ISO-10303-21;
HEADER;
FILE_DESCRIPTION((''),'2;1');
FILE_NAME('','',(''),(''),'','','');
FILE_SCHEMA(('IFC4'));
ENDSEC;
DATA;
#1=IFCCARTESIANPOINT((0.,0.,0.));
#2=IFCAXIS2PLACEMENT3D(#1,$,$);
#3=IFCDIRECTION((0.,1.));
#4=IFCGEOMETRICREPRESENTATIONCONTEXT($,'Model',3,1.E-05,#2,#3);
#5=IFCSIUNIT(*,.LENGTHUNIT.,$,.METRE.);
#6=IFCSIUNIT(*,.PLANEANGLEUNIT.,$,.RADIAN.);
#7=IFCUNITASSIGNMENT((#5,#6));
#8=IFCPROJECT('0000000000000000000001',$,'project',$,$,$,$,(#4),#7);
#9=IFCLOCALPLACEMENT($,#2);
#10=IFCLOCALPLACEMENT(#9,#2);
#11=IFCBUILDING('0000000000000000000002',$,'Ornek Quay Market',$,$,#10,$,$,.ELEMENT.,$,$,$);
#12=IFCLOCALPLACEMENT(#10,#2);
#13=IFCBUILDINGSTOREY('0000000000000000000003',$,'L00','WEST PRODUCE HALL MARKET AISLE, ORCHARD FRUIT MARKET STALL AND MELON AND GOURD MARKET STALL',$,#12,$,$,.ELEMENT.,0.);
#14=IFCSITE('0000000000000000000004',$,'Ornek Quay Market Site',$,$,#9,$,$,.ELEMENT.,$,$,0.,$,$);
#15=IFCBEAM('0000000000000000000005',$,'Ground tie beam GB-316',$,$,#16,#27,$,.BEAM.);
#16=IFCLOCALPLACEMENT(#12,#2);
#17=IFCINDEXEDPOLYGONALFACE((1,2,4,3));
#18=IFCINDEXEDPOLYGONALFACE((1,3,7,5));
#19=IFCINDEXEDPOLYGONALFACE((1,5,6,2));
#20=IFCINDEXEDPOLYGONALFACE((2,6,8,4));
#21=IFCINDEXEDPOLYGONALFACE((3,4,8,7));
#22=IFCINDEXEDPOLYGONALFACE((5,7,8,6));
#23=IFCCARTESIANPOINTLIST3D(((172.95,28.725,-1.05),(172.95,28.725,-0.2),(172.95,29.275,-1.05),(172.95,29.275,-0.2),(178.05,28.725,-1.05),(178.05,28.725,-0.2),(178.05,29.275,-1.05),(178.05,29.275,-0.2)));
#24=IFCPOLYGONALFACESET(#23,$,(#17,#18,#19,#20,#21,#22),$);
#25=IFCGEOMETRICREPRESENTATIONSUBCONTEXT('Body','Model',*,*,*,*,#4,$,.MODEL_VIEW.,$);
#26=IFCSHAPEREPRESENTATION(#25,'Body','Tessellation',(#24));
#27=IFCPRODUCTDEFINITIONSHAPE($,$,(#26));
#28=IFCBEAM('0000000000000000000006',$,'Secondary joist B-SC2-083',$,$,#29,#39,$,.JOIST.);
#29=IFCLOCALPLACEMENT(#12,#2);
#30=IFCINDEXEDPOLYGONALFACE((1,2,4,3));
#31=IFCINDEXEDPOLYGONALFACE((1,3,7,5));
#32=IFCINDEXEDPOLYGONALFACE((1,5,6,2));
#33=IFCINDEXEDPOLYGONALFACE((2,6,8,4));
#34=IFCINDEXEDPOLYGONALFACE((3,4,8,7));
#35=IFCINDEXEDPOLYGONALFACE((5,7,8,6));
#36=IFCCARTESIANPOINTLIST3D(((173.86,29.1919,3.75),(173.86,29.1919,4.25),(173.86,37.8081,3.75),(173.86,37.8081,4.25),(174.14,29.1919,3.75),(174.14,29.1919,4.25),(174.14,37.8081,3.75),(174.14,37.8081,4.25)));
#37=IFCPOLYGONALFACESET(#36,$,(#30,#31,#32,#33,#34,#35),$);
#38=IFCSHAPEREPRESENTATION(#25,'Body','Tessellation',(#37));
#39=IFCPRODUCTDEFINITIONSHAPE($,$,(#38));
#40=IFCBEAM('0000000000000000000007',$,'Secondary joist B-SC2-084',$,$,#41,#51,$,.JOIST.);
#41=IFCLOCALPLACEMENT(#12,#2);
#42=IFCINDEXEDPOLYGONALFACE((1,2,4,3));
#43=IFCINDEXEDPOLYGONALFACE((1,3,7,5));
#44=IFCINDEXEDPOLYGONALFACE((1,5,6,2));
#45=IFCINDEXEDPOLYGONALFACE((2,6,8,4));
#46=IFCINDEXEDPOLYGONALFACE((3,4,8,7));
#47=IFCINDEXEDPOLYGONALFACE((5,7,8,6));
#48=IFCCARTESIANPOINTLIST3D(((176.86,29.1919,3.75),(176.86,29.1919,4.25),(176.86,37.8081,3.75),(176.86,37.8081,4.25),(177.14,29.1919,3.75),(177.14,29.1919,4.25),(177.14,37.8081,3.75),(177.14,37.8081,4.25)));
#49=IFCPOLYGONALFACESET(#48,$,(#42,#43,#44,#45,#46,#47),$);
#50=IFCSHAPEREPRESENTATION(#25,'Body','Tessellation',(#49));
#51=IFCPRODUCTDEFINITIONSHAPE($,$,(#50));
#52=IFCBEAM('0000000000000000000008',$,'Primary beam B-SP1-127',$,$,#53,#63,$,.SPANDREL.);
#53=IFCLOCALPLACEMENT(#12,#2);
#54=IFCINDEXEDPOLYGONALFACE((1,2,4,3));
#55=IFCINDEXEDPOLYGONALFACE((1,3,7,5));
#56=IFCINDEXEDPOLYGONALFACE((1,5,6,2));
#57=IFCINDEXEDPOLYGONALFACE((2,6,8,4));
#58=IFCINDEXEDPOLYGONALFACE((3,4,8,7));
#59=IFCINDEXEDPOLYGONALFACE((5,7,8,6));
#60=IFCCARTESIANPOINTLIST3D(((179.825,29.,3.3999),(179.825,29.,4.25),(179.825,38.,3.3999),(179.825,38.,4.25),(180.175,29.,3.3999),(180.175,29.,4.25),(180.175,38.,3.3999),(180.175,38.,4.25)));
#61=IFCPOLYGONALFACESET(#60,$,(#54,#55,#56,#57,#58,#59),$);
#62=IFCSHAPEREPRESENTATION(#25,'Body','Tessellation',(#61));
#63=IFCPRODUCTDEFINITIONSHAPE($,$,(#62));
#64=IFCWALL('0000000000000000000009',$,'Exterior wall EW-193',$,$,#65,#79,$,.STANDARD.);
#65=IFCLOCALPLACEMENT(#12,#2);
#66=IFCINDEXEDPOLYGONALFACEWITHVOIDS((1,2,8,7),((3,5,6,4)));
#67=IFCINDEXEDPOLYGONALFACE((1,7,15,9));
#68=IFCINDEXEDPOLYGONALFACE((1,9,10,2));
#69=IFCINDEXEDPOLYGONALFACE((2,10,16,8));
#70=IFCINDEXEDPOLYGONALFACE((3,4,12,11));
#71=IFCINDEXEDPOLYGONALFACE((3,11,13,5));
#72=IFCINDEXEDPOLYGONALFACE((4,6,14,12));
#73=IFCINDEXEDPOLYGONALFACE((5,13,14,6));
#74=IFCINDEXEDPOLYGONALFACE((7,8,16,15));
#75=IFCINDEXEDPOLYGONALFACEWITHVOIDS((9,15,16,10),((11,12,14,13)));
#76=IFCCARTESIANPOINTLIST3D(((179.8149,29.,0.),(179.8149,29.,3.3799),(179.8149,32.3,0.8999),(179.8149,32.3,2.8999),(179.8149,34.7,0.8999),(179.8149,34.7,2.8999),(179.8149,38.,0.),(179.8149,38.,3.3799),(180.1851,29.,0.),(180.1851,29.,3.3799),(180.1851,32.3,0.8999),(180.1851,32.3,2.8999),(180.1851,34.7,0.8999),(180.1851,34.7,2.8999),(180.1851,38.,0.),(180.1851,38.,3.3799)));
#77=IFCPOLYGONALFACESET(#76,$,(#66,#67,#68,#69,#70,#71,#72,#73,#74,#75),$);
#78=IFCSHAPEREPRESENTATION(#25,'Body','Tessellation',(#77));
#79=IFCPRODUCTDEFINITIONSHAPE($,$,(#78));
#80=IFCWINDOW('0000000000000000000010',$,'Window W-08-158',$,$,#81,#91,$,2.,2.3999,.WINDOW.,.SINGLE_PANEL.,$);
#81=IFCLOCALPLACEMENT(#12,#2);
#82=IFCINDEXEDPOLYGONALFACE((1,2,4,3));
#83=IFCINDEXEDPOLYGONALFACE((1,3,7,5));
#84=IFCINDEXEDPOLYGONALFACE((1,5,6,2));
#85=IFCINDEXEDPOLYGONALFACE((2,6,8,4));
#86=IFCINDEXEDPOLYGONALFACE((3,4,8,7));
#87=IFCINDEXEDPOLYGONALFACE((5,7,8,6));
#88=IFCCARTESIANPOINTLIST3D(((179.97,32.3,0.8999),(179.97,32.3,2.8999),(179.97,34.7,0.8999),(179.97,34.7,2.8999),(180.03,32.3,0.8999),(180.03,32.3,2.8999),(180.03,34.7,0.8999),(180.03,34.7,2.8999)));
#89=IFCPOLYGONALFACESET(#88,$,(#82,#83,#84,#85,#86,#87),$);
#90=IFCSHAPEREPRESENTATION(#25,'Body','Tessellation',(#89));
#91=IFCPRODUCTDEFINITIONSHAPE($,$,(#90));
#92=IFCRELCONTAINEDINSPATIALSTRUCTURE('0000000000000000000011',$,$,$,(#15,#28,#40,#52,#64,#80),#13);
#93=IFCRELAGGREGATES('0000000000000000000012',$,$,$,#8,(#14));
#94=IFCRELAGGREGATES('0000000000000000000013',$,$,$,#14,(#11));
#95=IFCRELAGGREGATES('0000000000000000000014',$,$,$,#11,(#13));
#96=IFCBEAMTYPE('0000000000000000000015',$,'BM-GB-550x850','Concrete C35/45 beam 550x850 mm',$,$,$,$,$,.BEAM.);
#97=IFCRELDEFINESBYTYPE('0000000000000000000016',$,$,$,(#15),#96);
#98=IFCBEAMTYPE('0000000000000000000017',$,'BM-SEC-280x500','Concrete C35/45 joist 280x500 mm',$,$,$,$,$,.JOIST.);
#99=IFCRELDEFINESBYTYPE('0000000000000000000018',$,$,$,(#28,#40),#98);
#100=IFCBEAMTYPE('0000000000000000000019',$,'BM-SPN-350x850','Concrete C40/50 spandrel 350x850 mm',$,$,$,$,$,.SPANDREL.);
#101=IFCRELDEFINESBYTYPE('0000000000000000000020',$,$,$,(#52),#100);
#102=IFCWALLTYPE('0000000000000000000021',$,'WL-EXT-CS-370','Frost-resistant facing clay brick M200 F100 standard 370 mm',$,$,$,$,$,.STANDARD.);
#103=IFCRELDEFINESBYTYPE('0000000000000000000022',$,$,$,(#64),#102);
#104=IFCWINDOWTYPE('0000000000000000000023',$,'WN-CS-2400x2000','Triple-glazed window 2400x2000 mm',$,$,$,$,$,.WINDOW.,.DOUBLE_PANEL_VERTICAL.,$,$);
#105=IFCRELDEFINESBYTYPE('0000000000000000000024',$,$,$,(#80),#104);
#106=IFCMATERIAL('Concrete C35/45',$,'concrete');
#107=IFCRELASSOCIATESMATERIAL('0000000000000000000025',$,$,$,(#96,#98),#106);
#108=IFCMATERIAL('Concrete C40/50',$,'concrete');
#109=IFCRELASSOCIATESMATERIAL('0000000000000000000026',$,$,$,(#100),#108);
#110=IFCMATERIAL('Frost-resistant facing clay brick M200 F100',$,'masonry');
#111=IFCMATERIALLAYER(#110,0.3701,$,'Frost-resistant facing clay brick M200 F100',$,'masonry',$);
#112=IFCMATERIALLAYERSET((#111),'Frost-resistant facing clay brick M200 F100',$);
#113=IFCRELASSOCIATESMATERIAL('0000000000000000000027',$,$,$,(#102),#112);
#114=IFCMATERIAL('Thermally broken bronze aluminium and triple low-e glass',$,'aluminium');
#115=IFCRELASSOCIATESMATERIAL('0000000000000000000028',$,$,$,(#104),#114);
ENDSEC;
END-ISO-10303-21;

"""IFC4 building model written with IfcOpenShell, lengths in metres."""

from ifc_helpers import new_model, si_unit, direction, frame, frame_2d, origin, origin_2d, place, context, subcontext, project, spatial, rectangle, extrude, material, layer, layer_set, material_profile, profile_set, type_object, element, fill, save


model = new_model("IFC4")

# Units and contexts
model_context = context("Model", 3, precision=1e-05, world=origin(), true_north=direction((0.0, 1.0)))
body_context = subcontext(model_context, "Body", "Model", "MODEL_VIEW")
ifc_project = project(units=[si_unit("LENGTHUNIT", "METRE"), si_unit("PLANEANGLEUNIT", "RADIAN")], contexts=[model_context])

# Site, building, storey
site_placement = place(None, origin())
site = spatial("IfcSite", under=ifc_project, at=site_placement, Name="Ornek Quay Market Site", CompositionType="ELEMENT", RefElevation=0.0)
building_placement = place(site_placement, origin())
building = spatial("IfcBuilding", under=site, at=building_placement, Name="Ornek Quay Market", CompositionType="ELEMENT")
storey_placement = place(building_placement, origin())
storey = spatial("IfcBuildingStorey", under=building, at=storey_placement, Name="L00", Description="WEST PRODUCE HALL MARKET AISLE, ORCHARD FRUIT MARKET STALL AND MELON AND GOURD MARKET STALL", CompositionType="ELEMENT", Elevation=0.0)

# Shared definitions
ifc_material_1 = material(Name="Concrete C35/45", Category="concrete")

# Shared definitions
ifc_material_2 = material(Name="Concrete C40/50", Category="concrete")

# Beams
ifc_material_profile_1 = material_profile(ifc_material_1, rectangle(XDim=0.55, YDim=0.8501, at=origin_2d()), Name="RC 550x850", Category="concrete")
ifc_profile_set_1 = profile_set([ifc_material_profile_1], Name="Concrete C35/45")
beam_type_1 = type_object("IfcBeamType", Name="BM-GB-550x850", Description="Concrete C35/45 beam 550x850 mm", PredefinedType="BEAM", material=ifc_profile_set_1)
beam_1_placement = place(storey_placement, frame((172.95, 29.0, -0.625), z_axis=(1.0, 0.0, 0.0), x_axis=(0.0, 1.0, 0.0)))
element("IfcBeam", 1, at=beam_1_placement, inside=storey, type_object=beam_type_1, Name="Ground tie beam GB-316", PredefinedType="BEAM", context=body_context, shape_type="SweptSolid", body=[
    extrude(rectangle(XDim=0.55, YDim=0.8501, at=origin_2d()), origin(), (0.0, 0.0, 1.0), 5.1001),
])
ifc_material_profile_2 = material_profile(ifc_material_1, rectangle(XDim=0.28, YDim=0.5, at=origin_2d()), Name="RC 280x500", Category="concrete")
ifc_profile_set_2 = profile_set([ifc_material_profile_2], Name="Concrete C35/45")
beam_type_2 = type_object("IfcBeamType", Name="BM-SEC-280x500", Description="Concrete C35/45 joist 280x500 mm", PredefinedType="JOIST", material=ifc_profile_set_2)
for number, where, z_axis, x_axis, name in (
    (2, (174.0, 29.1919, 4.0), (0.0, 1.0, 0.0), (-1.0, 0.0, 0.0), "Secondary joist B-SC2-083"),
    (3, (177.0, 29.1919, 4.0), (0.0, 1.0, 0.0), (-1.0, 0.0, 0.0), "Secondary joist B-SC2-084"),
):
    element("IfcBeam", number, at=place(storey_placement, frame(where, z_axis=z_axis, x_axis=x_axis)), inside=storey, type_object=beam_type_2, Name=name, PredefinedType="JOIST", context=body_context, shape_type="SweptSolid", body=[
        extrude(rectangle(XDim=0.28, YDim=0.5, at=origin_2d()), origin(), (0.0, 0.0, 1.0), 8.6162),
    ])
ifc_material_profile_3 = material_profile(ifc_material_2, rectangle(XDim=0.3501, YDim=0.8501, at=origin_2d()), Name="RC 350x850", Category="concrete")
ifc_profile_set_3 = profile_set([ifc_material_profile_3], Name="Concrete C40/50")
beam_type_3 = type_object("IfcBeamType", Name="BM-SPN-350x850", Description="Concrete C40/50 spandrel 350x850 mm", PredefinedType="SPANDREL", material=ifc_profile_set_3)
beam_2_placement = place(storey_placement, frame((180.0, 29.0, 3.825), z_axis=(0.0, 1.0, 0.0), x_axis=(-1.0, 0.0, 0.0)))
element("IfcBeam", 4, at=beam_2_placement, inside=storey, type_object=beam_type_3, Name="Primary beam B-SP1-127", PredefinedType="SPANDREL", context=body_context, shape_type="SweptSolid", body=[
    extrude(rectangle(XDim=0.3501, YDim=0.8501, at=origin_2d()), origin(), (0.0, 0.0, 1.0), 9.0),
])

# Wall, opening, window
ifc_material_3 = material(Name="Frost-resistant facing clay brick M200 F100", Category="masonry")
ifc_layer_1 = layer(ifc_material_3, 0.3701, Name="Frost-resistant facing clay brick M200 F100", Category="masonry")
ifc_layer_set_1 = layer_set([ifc_layer_1], Name="Frost-resistant facing clay brick M200 F100")
wall_type = type_object("IfcWallType", Name="WL-EXT-CS-370", Description="Frost-resistant facing clay brick M200 F100 standard 370 mm", PredefinedType="STANDARD", material=ifc_layer_set_1)
wall_placement = place(storey_placement, frame((180.0, 29.0, 0.0), z_axis=(0.0, 0.0, 1.0), x_axis=(0.0, 1.0, 0.0)))
wall = element("IfcWall", 5, at=wall_placement, inside=storey, type_object=wall_type, Name="Exterior wall EW-193", PredefinedType="STANDARD", context=body_context, shape_type="SweptSolid", body=[
    extrude(rectangle(XDim=9.0, YDim=0.3701, at=frame_2d((4.5, 0.0))), origin(), (0.0, 0.0, 1.0), 3.3799),
])
opening_placement = place(wall_placement, frame((3.3, 0.0, 0.8999)))
opening = element("IfcOpeningElement", 6, at=opening_placement, cuts=wall, PredefinedType="OPENING", context=body_context, shape_type="SweptSolid", body=[
    extrude(rectangle(XDim=2.3999, YDim=2.0, at=frame_2d((1.2, 1.0))), frame((0.0, 0.1951, 0.0), z_axis=(0.0, -1.0, 0.0), x_axis=(1.0, 0.0, 0.0)), (0.0, 0.0, 1.0), 0.3901),
])
ifc_material_4 = material(Name="Thermally broken bronze aluminium and triple low-e glass", Category="aluminium")
window_type = type_object("IfcWindowType", Name="WN-CS-2400x2000", Description="Triple-glazed window 2400x2000 mm", PartitioningType="DOUBLE_PANEL_VERTICAL", PredefinedType="WINDOW", material=ifc_material_4)
window_placement = place(opening_placement, origin())
window = element("IfcWindow", 7, at=window_placement, inside=storey, type_object=window_type, Name="Window W-08-158", OverallHeight=2.0, OverallWidth=2.3999, PartitioningType="SINGLE_PANEL", PredefinedType="WINDOW", context=body_context, shape_type="SweptSolid", body=[
    extrude(rectangle(XDim=2.3999, YDim=2.0, at=frame_2d((1.2, 1.0))), frame((0.0, 0.03, 0.0), z_axis=(0.0, -1.0, 0.0), x_axis=(1.0, 0.0, 0.0)), (0.0, 0.0, 1.0), 0.0601),
])
fill(opening, window)

save(model, "model.ifc")
